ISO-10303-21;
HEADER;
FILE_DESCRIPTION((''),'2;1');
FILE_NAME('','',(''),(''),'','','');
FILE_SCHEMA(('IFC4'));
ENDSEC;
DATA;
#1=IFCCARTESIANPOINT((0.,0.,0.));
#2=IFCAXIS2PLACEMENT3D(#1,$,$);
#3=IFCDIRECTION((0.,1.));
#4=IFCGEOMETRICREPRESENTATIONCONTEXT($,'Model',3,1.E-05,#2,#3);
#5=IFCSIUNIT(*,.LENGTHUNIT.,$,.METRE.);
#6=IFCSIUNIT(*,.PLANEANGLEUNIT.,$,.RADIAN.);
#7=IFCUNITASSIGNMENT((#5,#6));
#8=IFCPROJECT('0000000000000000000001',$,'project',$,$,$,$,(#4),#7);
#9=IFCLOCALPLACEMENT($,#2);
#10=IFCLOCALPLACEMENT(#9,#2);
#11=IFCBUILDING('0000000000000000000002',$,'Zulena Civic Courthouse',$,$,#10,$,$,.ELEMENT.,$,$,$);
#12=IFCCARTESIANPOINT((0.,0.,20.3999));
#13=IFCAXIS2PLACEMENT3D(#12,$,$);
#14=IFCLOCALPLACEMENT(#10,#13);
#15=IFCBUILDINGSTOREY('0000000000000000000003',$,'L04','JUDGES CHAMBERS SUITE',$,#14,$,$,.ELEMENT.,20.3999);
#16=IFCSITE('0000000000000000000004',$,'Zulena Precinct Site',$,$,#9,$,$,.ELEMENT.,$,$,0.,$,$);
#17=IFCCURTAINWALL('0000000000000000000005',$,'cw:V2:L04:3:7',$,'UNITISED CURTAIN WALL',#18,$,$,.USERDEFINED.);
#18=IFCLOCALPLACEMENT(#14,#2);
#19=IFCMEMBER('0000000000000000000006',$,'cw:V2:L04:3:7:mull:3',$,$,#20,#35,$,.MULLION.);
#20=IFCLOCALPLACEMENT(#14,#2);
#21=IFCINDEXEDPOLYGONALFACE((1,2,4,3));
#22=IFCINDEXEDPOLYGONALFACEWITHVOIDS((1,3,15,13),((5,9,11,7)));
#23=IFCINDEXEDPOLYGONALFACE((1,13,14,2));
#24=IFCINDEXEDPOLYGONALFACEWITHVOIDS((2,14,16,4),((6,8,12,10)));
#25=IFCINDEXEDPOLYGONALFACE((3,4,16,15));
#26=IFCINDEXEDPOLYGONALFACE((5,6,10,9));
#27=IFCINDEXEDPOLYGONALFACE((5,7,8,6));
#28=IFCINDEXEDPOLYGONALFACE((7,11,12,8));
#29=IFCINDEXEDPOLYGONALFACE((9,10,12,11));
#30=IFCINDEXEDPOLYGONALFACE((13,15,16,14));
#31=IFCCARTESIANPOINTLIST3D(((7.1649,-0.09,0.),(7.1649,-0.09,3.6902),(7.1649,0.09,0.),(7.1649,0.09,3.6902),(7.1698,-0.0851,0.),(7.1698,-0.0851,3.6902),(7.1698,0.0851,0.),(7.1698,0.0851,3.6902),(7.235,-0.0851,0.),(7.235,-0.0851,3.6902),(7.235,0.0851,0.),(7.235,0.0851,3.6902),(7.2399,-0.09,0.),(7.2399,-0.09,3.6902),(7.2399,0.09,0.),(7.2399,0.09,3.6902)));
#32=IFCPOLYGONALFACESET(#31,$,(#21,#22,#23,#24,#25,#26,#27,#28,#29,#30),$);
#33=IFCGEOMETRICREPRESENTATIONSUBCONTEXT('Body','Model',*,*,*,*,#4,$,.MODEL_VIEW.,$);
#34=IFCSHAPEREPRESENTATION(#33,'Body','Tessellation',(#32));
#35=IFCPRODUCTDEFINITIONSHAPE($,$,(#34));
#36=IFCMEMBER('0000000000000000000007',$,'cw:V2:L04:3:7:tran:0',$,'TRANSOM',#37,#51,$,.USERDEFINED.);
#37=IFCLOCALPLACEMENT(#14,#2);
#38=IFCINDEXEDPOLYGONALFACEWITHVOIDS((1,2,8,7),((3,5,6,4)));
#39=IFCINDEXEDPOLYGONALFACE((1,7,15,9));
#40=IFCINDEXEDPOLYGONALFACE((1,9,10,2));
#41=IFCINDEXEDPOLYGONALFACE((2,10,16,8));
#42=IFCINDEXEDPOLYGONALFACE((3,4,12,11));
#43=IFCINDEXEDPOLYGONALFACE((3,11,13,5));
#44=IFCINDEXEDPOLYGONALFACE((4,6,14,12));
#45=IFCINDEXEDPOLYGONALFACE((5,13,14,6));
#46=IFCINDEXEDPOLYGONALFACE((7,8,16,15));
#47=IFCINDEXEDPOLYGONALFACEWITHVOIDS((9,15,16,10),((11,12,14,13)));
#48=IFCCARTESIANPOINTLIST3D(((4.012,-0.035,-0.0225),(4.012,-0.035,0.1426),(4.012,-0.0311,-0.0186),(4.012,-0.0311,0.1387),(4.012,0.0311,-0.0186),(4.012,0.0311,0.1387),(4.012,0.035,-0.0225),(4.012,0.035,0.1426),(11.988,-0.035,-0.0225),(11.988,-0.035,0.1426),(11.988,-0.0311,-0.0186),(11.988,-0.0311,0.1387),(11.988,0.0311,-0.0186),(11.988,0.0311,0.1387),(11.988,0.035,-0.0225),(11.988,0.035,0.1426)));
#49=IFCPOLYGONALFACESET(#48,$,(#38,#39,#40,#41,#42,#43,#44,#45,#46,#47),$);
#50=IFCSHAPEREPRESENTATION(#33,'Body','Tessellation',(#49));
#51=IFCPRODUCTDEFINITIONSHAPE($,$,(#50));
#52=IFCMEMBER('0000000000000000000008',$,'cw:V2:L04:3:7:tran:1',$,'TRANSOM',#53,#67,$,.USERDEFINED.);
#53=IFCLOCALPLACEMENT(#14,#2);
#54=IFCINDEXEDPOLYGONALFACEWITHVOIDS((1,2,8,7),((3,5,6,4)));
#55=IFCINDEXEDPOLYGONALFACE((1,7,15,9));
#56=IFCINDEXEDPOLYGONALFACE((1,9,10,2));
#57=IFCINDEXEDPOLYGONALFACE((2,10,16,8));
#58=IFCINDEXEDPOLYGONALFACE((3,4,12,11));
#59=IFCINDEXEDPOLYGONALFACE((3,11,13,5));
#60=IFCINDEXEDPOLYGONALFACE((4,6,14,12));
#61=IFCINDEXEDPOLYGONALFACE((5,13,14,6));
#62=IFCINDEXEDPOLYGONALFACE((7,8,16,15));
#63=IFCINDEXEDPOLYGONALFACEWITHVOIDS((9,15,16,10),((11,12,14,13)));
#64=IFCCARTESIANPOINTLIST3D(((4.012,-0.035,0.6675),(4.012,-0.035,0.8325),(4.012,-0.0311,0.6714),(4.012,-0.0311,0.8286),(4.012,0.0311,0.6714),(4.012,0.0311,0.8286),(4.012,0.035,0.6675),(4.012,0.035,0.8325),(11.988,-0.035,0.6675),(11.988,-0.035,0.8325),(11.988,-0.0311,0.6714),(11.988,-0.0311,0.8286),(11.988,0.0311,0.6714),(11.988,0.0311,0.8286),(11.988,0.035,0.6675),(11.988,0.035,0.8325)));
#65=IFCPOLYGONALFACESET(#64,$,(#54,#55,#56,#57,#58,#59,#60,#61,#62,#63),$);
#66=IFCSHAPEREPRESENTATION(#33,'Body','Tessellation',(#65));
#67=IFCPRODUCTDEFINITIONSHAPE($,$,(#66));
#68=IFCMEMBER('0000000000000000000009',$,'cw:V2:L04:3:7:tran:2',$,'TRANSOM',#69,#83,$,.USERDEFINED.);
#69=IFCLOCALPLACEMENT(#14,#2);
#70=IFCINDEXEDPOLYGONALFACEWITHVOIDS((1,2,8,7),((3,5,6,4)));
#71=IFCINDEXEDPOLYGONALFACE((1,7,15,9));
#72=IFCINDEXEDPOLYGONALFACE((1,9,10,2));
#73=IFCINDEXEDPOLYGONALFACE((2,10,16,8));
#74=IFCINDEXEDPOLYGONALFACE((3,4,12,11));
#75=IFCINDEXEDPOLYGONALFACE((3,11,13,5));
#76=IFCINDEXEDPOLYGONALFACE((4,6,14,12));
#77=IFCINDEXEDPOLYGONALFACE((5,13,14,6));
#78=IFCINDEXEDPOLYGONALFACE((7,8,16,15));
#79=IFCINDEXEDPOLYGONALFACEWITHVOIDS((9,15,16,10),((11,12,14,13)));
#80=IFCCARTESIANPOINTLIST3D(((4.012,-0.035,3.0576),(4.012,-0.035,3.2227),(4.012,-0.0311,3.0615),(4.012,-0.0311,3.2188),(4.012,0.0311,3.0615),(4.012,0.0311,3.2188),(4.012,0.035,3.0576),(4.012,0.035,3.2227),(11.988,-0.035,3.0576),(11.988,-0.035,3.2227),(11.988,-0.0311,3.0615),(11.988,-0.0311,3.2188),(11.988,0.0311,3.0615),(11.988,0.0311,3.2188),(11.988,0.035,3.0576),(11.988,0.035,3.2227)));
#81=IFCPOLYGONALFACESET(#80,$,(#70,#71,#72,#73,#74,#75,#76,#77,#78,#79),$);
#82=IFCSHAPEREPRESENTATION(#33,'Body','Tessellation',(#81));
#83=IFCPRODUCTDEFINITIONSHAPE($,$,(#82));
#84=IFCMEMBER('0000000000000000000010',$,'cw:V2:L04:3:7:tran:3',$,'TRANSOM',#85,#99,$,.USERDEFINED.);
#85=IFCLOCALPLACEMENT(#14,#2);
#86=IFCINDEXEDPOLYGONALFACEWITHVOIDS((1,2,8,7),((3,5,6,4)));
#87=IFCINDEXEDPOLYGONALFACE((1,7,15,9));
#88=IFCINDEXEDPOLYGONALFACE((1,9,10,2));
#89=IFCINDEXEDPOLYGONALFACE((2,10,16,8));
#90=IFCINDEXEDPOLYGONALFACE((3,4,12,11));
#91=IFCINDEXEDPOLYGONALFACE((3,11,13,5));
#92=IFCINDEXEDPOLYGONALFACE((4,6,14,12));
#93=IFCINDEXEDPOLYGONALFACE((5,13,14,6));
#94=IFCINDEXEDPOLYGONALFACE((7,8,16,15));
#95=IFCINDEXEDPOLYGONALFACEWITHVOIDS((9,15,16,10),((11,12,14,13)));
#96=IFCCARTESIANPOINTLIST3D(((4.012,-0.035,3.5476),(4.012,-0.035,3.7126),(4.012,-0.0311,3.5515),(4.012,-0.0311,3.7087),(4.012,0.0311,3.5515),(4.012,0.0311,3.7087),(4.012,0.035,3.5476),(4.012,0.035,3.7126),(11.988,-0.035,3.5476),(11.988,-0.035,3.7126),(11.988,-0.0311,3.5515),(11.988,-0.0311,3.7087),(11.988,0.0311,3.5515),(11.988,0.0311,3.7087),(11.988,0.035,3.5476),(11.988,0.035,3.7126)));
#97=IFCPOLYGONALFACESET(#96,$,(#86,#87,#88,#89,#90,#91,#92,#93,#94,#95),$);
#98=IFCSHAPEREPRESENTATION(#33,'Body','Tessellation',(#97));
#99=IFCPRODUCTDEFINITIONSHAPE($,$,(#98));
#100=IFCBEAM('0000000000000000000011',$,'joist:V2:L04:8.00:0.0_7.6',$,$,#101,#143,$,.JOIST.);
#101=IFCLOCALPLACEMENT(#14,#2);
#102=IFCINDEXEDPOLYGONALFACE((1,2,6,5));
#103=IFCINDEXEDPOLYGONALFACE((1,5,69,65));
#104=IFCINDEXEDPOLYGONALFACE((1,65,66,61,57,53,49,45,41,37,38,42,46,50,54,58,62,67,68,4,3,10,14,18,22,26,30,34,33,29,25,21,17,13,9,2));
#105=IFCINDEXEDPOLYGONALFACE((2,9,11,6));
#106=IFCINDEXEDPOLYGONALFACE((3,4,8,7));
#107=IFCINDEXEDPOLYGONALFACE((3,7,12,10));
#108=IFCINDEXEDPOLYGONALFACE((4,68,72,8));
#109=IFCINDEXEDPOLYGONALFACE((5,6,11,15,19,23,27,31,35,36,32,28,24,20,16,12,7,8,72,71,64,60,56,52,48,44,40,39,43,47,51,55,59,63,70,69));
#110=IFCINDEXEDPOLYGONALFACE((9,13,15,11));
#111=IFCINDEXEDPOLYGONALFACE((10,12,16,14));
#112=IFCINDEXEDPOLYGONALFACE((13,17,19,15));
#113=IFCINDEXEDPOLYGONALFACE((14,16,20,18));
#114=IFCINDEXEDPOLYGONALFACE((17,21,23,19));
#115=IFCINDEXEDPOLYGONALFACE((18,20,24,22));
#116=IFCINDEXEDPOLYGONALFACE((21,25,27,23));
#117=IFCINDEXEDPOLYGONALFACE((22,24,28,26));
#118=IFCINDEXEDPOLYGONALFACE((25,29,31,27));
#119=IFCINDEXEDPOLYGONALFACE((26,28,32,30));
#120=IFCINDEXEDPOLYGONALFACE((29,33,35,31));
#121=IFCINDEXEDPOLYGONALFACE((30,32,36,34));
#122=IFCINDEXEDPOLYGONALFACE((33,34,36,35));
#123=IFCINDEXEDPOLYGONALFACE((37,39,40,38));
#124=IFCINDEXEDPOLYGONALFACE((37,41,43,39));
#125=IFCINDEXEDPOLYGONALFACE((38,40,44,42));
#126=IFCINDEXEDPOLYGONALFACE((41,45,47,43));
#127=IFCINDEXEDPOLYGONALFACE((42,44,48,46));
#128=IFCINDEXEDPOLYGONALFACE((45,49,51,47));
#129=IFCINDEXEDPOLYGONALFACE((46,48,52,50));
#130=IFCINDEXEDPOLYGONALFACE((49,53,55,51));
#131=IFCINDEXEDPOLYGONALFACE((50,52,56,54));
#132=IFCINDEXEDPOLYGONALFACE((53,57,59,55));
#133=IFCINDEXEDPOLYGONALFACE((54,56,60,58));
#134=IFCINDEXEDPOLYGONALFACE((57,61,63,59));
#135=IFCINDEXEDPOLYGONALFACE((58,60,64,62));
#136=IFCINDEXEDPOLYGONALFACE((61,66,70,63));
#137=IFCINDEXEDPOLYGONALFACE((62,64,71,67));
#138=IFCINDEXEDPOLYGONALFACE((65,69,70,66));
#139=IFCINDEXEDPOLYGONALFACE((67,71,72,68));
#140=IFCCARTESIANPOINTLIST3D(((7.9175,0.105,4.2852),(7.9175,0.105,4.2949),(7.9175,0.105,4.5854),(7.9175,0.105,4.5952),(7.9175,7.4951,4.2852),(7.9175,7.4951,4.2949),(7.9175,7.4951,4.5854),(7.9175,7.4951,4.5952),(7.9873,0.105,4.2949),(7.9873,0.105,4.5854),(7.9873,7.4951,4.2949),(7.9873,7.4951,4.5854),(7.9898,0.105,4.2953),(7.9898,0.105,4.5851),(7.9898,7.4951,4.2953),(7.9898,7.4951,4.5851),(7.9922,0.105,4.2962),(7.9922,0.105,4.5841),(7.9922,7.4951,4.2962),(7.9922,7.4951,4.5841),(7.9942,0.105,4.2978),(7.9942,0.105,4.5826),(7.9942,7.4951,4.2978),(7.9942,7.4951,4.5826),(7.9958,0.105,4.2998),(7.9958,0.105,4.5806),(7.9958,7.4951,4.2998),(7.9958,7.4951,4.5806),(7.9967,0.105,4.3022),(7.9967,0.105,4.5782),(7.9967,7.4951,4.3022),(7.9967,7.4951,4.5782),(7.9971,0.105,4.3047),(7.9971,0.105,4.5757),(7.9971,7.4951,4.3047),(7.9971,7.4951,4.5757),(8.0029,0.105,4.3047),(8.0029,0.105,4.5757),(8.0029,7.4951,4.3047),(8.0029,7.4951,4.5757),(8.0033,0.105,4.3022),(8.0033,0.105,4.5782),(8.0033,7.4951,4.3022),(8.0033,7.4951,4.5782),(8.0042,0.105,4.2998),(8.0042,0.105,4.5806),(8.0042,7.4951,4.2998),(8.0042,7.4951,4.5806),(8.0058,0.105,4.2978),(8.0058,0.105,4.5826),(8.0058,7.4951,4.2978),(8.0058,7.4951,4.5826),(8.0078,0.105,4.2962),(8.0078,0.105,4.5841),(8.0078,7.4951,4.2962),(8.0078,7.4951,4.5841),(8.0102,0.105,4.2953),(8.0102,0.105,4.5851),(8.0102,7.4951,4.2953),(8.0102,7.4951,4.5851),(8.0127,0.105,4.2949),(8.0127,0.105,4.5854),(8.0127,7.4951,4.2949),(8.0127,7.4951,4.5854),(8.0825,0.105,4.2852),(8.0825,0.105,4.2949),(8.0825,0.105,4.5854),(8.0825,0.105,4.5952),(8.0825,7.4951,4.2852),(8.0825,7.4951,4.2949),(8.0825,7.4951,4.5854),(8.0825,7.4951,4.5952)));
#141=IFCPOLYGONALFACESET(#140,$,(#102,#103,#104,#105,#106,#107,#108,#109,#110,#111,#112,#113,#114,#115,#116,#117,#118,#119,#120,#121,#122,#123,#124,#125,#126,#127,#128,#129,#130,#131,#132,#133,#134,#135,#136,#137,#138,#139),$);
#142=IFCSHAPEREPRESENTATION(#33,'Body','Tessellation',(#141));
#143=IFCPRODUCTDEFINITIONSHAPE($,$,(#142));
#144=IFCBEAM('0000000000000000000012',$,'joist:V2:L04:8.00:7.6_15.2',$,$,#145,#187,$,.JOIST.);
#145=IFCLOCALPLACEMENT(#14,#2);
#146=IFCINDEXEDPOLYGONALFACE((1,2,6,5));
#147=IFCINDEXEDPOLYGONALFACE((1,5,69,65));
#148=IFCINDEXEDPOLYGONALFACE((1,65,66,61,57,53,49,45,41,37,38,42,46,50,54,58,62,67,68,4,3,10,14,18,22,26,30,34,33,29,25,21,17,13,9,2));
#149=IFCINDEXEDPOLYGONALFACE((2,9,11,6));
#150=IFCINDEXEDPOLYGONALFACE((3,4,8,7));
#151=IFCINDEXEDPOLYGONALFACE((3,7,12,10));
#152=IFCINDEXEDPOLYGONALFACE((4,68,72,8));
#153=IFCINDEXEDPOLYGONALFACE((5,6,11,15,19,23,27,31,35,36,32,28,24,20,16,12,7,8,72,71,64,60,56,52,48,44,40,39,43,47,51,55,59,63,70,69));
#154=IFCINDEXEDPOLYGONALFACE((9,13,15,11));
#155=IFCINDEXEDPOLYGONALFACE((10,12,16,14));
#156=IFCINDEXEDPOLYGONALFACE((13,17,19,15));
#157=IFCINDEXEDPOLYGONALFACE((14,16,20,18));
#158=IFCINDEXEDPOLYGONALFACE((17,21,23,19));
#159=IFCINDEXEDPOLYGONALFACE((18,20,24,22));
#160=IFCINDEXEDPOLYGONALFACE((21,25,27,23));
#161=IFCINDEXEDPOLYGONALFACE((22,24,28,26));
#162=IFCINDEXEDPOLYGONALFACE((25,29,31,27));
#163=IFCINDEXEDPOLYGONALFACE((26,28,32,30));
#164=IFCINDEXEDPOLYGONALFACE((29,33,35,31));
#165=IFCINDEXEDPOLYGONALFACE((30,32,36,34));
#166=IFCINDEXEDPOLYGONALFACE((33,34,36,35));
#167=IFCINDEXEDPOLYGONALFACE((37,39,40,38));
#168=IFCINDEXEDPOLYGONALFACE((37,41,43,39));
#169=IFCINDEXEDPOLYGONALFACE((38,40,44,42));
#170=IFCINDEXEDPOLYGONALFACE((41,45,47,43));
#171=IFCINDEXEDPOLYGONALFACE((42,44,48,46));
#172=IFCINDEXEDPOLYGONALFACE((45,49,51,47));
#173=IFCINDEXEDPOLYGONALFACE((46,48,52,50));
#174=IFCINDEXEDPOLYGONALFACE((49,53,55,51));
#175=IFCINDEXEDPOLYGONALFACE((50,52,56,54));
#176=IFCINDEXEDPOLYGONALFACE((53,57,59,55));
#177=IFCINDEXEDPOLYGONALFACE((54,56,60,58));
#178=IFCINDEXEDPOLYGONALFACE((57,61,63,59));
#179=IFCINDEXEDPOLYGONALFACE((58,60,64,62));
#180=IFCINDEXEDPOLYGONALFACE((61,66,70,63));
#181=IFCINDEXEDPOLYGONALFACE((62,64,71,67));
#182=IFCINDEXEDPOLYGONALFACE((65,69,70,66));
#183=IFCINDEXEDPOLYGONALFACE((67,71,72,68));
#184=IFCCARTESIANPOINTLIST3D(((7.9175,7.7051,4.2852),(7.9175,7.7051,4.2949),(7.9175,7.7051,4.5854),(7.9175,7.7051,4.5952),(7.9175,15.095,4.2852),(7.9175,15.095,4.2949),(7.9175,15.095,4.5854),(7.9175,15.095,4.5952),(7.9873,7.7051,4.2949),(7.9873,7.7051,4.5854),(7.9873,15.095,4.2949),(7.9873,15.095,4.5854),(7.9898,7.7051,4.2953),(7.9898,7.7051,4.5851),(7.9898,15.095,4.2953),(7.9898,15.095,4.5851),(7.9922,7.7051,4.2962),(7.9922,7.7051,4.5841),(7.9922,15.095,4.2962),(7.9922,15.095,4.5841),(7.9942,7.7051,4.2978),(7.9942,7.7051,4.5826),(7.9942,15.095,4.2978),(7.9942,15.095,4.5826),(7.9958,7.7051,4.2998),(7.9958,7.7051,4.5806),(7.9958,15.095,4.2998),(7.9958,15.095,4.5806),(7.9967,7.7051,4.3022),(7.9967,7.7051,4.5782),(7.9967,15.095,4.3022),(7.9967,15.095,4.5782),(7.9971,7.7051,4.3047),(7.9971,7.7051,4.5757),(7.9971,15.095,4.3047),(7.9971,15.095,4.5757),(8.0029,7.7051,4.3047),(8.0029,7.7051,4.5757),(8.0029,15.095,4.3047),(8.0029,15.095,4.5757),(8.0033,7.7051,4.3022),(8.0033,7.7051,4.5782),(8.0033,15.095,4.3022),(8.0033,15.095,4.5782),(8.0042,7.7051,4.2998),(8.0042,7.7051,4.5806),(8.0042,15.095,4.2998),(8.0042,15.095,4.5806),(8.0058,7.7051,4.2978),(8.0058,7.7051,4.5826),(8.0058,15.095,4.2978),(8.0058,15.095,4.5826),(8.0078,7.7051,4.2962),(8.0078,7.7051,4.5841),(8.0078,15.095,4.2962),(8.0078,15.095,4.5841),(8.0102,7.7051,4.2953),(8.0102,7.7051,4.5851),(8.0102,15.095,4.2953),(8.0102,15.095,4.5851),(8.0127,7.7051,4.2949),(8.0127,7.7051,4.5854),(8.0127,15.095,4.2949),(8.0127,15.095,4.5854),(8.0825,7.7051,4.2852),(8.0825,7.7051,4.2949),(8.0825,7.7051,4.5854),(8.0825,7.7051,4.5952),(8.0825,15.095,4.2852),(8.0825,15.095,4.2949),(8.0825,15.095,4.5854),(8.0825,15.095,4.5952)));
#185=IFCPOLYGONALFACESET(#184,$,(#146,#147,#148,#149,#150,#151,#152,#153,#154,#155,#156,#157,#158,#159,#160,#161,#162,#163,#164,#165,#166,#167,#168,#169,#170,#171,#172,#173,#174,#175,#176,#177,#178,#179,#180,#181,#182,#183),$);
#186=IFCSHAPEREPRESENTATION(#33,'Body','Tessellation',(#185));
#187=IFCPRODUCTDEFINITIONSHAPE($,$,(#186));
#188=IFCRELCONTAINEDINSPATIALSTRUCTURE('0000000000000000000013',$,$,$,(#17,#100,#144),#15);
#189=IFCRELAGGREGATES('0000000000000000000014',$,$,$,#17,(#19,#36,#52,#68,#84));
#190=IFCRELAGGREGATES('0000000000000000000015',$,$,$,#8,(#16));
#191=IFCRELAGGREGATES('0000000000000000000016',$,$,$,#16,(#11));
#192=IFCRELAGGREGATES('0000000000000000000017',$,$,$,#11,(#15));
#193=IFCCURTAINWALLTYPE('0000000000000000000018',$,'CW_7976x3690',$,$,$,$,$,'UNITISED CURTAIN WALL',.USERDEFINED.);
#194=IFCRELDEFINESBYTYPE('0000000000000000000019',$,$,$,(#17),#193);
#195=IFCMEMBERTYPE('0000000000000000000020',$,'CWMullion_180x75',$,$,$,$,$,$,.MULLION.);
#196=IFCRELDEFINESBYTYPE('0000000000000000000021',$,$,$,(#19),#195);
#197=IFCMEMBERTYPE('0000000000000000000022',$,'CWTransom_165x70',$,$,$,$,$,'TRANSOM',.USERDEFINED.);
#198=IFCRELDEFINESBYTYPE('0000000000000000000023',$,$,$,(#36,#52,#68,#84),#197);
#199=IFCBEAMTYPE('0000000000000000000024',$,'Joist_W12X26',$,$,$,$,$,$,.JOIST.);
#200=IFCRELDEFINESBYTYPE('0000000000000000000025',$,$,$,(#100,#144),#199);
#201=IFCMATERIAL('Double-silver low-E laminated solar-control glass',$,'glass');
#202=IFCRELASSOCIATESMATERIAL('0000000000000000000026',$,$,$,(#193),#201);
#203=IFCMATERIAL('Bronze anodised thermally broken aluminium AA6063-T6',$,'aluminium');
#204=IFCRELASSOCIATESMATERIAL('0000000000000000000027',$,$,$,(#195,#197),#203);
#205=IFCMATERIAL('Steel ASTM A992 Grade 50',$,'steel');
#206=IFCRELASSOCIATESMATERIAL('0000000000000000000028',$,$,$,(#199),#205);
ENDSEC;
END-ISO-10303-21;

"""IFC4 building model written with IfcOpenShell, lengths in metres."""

from ifc_helpers import new_model, si_unit, direction, frame, origin, origin_2d, place, context, subcontext, project, spatial, hollow_rectangle, i_section, extrude, material, material_profile, profile_set, type_object, element, aggregate, save


model = new_model("IFC4")

# Units and contexts
model_context = context("Model", 3, precision=1e-05, world=origin(), true_north=direction((0.0, 1.0)))
body_context = subcontext(model_context, "Body", "Model", "MODEL_VIEW")
ifc_project = project(units=[si_unit("LENGTHUNIT", "METRE"), si_unit("PLANEANGLEUNIT", "RADIAN")], contexts=[model_context])

# Site, building, storey
site_placement = place(None, origin())
site = spatial("IfcSite", under=ifc_project, at=site_placement, Name="Zulena Precinct Site", CompositionType="ELEMENT", RefElevation=0.0)
building_placement = place(site_placement, origin())
building = spatial("IfcBuilding", under=site, at=building_placement, Name="Zulena Civic Courthouse", CompositionType="ELEMENT")
storey_placement = place(building_placement, frame((0.0, 0.0, 20.3999)))
storey = spatial("IfcBuildingStorey", under=building, at=storey_placement, Name="L04", Description="JUDGES CHAMBERS SUITE", CompositionType="ELEMENT", Elevation=20.3999)

# Shared definitions
ifc_material_1 = material(Name="Steel ASTM A992 Grade 50", Category="steel")

# Curtain wall, members
ifc_material_2 = material(Name="Double-silver low-E laminated solar-control glass", Category="glass")
curtain_wall_type = type_object("IfcCurtainWallType", Name="CW_7976x3690", ElementType="UNITISED CURTAIN WALL", PredefinedType="USERDEFINED", material=ifc_material_2)
curtain_wall_placement = place(storey_placement, origin())
curtain_wall = element("IfcCurtainWall", 1, at=curtain_wall_placement, inside=storey, type_object=curtain_wall_type, Name="cw:V2:L04:3:7", ObjectType="UNITISED CURTAIN WALL", PredefinedType="USERDEFINED")
ifc_material_3 = material(Name="Bronze anodised thermally broken aluminium AA6063-T6", Category="aluminium")
ifc_material_profile_1 = material_profile(ifc_material_3, hollow_rectangle(XDim=0.075, YDim=0.1799, WallThickness=0.0049, at=origin_2d()), Name="CWM180X75X5")
ifc_profile_set_1 = profile_set([ifc_material_profile_1], Name="Bronze anodised thermally broken aluminium AA6063-T6")
member_type_1 = type_object("IfcMemberType", Name="CWMullion_180x75", PredefinedType="MULLION", material=ifc_profile_set_1)
member_1_placement = place(storey_placement, frame((7.2024, 0.0, 0.0), z_axis=(0.0, 0.0, 1.0), x_axis=(1.0, 0.0, 0.0)))
member_1 = element("IfcMember", 2, at=member_1_placement, type_object=member_type_1, Name="cw:V2:L04:3:7:mull:3", PredefinedType="MULLION", context=body_context, shape_type="SweptSolid", body=[
    extrude(hollow_rectangle(XDim=0.075, YDim=0.1799, WallThickness=0.0049, at=origin_2d()), origin(), (0.0, 0.0, 1.0), 3.6902),
])
ifc_material_profile_2 = material_profile(ifc_material_3, hollow_rectangle(XDim=0.0701, YDim=0.165, WallThickness=0.0039, at=origin_2d()), Name="CWT165X70X4")
ifc_profile_set_2 = profile_set([ifc_material_profile_2], Name="Bronze anodised thermally broken aluminium AA6063-T6")
member_type_2 = type_object("IfcMemberType", Name="CWTransom_165x70", ElementType="TRANSOM", PredefinedType="USERDEFINED", material=ifc_profile_set_2)
member_2_placement = place(storey_placement, frame((11.988, 0.0, 0.0601), z_axis=(-1.0, 0.0, 0.0), x_axis=(0.0, -1.0, 0.0)))
member_2 = element("IfcMember", 3, at=member_2_placement, type_object=member_type_2, Name="cw:V2:L04:3:7:tran:0", ObjectType="TRANSOM", PredefinedType="USERDEFINED", context=body_context, shape_type="SweptSolid", body=[
    extrude(hollow_rectangle(XDim=0.0701, YDim=0.165, WallThickness=0.0039, at=origin_2d()), origin(), (0.0, 0.0, 1.0), 7.9761),
])
member_3_placement = place(storey_placement, frame((11.988, 0.0, 0.75), z_axis=(-1.0, 0.0, 0.0), x_axis=(0.0, -1.0, 0.0)))
member_3 = element("IfcMember", 4, at=member_3_placement, type_object=member_type_2, Name="cw:V2:L04:3:7:tran:1", ObjectType="TRANSOM", PredefinedType="USERDEFINED", context=body_context, shape_type="SweptSolid", body=[
    extrude(hollow_rectangle(XDim=0.0701, YDim=0.165, WallThickness=0.0039, at=origin_2d()), origin(), (0.0, 0.0, 1.0), 7.9761),
])
member_4_placement = place(storey_placement, frame((11.988, 0.0, 3.1401), z_axis=(-1.0, 0.0, 0.0), x_axis=(0.0, -1.0, 0.0)))
member_4 = element("IfcMember", 5, at=member_4_placement, type_object=member_type_2, Name="cw:V2:L04:3:7:tran:2", ObjectType="TRANSOM", PredefinedType="USERDEFINED", context=body_context, shape_type="SweptSolid", body=[
    extrude(hollow_rectangle(XDim=0.0701, YDim=0.165, WallThickness=0.0039, at=origin_2d()), origin(), (0.0, 0.0, 1.0), 7.9761),
])
member_5_placement = place(storey_placement, frame((11.988, 0.0, 3.6301), z_axis=(-1.0, 0.0, 0.0), x_axis=(0.0, -1.0, 0.0)))
member_5 = element("IfcMember", 6, at=member_5_placement, type_object=member_type_2, Name="cw:V2:L04:3:7:tran:3", ObjectType="TRANSOM", PredefinedType="USERDEFINED", context=body_context, shape_type="SweptSolid", body=[
    extrude(hollow_rectangle(XDim=0.0701, YDim=0.165, WallThickness=0.0039, at=origin_2d()), origin(), (0.0, 0.0, 1.0), 7.9761),
])

# Beams
ifc_material_profile_3 = material_profile(ifc_material_1, i_section(OverallWidth=0.165, OverallDepth=0.3101, WebThickness=0.0059, FlangeThickness=0.0098, FilletRadius=0.0098, at=origin_2d()), Name="W12X26")
ifc_profile_set_3 = profile_set([ifc_material_profile_3], Name="Steel ASTM A992 Grade 50")
beam_type_1 = type_object("IfcBeamType", Name="Joist_W12X26", PredefinedType="JOIST", material=ifc_profile_set_3)
beam_1_placement = place(storey_placement, frame((8.0, 0.105, 4.4402), z_axis=(0.0, 1.0, 0.0), x_axis=(-1.0, 0.0, 0.0)))
element("IfcBeam", 7, at=beam_1_placement, inside=storey, type_object=beam_type_1, Name="joist:V2:L04:8.00:0.0_7.6", PredefinedType="JOIST", context=body_context, shape_type="SweptSolid", body=[
    extrude(i_section(OverallWidth=0.165, OverallDepth=0.3101, WebThickness=0.0059, FlangeThickness=0.0098, FilletRadius=0.0098, at=origin_2d()), origin(), (0.0, 0.0, 1.0), 7.3901),
])
beam_2_placement = place(storey_placement, frame((8.0, 7.7051, 4.4402), z_axis=(0.0, 1.0, 0.0), x_axis=(-1.0, 0.0, 0.0)))
element("IfcBeam", 8, at=beam_2_placement, inside=storey, type_object=beam_type_1, Name="joist:V2:L04:8.00:7.6_15.2", PredefinedType="JOIST", context=body_context, shape_type="SweptSolid", body=[
    extrude(i_section(OverallWidth=0.165, OverallDepth=0.3101, WebThickness=0.0059, FlangeThickness=0.0098, FilletRadius=0.0098, at=origin_2d()), origin(), (0.0, 0.0, 1.0), 7.3899),
])

aggregate(curtain_wall, [member_1, member_2, member_3, member_4, member_5])

save(model, "model.ifc")
